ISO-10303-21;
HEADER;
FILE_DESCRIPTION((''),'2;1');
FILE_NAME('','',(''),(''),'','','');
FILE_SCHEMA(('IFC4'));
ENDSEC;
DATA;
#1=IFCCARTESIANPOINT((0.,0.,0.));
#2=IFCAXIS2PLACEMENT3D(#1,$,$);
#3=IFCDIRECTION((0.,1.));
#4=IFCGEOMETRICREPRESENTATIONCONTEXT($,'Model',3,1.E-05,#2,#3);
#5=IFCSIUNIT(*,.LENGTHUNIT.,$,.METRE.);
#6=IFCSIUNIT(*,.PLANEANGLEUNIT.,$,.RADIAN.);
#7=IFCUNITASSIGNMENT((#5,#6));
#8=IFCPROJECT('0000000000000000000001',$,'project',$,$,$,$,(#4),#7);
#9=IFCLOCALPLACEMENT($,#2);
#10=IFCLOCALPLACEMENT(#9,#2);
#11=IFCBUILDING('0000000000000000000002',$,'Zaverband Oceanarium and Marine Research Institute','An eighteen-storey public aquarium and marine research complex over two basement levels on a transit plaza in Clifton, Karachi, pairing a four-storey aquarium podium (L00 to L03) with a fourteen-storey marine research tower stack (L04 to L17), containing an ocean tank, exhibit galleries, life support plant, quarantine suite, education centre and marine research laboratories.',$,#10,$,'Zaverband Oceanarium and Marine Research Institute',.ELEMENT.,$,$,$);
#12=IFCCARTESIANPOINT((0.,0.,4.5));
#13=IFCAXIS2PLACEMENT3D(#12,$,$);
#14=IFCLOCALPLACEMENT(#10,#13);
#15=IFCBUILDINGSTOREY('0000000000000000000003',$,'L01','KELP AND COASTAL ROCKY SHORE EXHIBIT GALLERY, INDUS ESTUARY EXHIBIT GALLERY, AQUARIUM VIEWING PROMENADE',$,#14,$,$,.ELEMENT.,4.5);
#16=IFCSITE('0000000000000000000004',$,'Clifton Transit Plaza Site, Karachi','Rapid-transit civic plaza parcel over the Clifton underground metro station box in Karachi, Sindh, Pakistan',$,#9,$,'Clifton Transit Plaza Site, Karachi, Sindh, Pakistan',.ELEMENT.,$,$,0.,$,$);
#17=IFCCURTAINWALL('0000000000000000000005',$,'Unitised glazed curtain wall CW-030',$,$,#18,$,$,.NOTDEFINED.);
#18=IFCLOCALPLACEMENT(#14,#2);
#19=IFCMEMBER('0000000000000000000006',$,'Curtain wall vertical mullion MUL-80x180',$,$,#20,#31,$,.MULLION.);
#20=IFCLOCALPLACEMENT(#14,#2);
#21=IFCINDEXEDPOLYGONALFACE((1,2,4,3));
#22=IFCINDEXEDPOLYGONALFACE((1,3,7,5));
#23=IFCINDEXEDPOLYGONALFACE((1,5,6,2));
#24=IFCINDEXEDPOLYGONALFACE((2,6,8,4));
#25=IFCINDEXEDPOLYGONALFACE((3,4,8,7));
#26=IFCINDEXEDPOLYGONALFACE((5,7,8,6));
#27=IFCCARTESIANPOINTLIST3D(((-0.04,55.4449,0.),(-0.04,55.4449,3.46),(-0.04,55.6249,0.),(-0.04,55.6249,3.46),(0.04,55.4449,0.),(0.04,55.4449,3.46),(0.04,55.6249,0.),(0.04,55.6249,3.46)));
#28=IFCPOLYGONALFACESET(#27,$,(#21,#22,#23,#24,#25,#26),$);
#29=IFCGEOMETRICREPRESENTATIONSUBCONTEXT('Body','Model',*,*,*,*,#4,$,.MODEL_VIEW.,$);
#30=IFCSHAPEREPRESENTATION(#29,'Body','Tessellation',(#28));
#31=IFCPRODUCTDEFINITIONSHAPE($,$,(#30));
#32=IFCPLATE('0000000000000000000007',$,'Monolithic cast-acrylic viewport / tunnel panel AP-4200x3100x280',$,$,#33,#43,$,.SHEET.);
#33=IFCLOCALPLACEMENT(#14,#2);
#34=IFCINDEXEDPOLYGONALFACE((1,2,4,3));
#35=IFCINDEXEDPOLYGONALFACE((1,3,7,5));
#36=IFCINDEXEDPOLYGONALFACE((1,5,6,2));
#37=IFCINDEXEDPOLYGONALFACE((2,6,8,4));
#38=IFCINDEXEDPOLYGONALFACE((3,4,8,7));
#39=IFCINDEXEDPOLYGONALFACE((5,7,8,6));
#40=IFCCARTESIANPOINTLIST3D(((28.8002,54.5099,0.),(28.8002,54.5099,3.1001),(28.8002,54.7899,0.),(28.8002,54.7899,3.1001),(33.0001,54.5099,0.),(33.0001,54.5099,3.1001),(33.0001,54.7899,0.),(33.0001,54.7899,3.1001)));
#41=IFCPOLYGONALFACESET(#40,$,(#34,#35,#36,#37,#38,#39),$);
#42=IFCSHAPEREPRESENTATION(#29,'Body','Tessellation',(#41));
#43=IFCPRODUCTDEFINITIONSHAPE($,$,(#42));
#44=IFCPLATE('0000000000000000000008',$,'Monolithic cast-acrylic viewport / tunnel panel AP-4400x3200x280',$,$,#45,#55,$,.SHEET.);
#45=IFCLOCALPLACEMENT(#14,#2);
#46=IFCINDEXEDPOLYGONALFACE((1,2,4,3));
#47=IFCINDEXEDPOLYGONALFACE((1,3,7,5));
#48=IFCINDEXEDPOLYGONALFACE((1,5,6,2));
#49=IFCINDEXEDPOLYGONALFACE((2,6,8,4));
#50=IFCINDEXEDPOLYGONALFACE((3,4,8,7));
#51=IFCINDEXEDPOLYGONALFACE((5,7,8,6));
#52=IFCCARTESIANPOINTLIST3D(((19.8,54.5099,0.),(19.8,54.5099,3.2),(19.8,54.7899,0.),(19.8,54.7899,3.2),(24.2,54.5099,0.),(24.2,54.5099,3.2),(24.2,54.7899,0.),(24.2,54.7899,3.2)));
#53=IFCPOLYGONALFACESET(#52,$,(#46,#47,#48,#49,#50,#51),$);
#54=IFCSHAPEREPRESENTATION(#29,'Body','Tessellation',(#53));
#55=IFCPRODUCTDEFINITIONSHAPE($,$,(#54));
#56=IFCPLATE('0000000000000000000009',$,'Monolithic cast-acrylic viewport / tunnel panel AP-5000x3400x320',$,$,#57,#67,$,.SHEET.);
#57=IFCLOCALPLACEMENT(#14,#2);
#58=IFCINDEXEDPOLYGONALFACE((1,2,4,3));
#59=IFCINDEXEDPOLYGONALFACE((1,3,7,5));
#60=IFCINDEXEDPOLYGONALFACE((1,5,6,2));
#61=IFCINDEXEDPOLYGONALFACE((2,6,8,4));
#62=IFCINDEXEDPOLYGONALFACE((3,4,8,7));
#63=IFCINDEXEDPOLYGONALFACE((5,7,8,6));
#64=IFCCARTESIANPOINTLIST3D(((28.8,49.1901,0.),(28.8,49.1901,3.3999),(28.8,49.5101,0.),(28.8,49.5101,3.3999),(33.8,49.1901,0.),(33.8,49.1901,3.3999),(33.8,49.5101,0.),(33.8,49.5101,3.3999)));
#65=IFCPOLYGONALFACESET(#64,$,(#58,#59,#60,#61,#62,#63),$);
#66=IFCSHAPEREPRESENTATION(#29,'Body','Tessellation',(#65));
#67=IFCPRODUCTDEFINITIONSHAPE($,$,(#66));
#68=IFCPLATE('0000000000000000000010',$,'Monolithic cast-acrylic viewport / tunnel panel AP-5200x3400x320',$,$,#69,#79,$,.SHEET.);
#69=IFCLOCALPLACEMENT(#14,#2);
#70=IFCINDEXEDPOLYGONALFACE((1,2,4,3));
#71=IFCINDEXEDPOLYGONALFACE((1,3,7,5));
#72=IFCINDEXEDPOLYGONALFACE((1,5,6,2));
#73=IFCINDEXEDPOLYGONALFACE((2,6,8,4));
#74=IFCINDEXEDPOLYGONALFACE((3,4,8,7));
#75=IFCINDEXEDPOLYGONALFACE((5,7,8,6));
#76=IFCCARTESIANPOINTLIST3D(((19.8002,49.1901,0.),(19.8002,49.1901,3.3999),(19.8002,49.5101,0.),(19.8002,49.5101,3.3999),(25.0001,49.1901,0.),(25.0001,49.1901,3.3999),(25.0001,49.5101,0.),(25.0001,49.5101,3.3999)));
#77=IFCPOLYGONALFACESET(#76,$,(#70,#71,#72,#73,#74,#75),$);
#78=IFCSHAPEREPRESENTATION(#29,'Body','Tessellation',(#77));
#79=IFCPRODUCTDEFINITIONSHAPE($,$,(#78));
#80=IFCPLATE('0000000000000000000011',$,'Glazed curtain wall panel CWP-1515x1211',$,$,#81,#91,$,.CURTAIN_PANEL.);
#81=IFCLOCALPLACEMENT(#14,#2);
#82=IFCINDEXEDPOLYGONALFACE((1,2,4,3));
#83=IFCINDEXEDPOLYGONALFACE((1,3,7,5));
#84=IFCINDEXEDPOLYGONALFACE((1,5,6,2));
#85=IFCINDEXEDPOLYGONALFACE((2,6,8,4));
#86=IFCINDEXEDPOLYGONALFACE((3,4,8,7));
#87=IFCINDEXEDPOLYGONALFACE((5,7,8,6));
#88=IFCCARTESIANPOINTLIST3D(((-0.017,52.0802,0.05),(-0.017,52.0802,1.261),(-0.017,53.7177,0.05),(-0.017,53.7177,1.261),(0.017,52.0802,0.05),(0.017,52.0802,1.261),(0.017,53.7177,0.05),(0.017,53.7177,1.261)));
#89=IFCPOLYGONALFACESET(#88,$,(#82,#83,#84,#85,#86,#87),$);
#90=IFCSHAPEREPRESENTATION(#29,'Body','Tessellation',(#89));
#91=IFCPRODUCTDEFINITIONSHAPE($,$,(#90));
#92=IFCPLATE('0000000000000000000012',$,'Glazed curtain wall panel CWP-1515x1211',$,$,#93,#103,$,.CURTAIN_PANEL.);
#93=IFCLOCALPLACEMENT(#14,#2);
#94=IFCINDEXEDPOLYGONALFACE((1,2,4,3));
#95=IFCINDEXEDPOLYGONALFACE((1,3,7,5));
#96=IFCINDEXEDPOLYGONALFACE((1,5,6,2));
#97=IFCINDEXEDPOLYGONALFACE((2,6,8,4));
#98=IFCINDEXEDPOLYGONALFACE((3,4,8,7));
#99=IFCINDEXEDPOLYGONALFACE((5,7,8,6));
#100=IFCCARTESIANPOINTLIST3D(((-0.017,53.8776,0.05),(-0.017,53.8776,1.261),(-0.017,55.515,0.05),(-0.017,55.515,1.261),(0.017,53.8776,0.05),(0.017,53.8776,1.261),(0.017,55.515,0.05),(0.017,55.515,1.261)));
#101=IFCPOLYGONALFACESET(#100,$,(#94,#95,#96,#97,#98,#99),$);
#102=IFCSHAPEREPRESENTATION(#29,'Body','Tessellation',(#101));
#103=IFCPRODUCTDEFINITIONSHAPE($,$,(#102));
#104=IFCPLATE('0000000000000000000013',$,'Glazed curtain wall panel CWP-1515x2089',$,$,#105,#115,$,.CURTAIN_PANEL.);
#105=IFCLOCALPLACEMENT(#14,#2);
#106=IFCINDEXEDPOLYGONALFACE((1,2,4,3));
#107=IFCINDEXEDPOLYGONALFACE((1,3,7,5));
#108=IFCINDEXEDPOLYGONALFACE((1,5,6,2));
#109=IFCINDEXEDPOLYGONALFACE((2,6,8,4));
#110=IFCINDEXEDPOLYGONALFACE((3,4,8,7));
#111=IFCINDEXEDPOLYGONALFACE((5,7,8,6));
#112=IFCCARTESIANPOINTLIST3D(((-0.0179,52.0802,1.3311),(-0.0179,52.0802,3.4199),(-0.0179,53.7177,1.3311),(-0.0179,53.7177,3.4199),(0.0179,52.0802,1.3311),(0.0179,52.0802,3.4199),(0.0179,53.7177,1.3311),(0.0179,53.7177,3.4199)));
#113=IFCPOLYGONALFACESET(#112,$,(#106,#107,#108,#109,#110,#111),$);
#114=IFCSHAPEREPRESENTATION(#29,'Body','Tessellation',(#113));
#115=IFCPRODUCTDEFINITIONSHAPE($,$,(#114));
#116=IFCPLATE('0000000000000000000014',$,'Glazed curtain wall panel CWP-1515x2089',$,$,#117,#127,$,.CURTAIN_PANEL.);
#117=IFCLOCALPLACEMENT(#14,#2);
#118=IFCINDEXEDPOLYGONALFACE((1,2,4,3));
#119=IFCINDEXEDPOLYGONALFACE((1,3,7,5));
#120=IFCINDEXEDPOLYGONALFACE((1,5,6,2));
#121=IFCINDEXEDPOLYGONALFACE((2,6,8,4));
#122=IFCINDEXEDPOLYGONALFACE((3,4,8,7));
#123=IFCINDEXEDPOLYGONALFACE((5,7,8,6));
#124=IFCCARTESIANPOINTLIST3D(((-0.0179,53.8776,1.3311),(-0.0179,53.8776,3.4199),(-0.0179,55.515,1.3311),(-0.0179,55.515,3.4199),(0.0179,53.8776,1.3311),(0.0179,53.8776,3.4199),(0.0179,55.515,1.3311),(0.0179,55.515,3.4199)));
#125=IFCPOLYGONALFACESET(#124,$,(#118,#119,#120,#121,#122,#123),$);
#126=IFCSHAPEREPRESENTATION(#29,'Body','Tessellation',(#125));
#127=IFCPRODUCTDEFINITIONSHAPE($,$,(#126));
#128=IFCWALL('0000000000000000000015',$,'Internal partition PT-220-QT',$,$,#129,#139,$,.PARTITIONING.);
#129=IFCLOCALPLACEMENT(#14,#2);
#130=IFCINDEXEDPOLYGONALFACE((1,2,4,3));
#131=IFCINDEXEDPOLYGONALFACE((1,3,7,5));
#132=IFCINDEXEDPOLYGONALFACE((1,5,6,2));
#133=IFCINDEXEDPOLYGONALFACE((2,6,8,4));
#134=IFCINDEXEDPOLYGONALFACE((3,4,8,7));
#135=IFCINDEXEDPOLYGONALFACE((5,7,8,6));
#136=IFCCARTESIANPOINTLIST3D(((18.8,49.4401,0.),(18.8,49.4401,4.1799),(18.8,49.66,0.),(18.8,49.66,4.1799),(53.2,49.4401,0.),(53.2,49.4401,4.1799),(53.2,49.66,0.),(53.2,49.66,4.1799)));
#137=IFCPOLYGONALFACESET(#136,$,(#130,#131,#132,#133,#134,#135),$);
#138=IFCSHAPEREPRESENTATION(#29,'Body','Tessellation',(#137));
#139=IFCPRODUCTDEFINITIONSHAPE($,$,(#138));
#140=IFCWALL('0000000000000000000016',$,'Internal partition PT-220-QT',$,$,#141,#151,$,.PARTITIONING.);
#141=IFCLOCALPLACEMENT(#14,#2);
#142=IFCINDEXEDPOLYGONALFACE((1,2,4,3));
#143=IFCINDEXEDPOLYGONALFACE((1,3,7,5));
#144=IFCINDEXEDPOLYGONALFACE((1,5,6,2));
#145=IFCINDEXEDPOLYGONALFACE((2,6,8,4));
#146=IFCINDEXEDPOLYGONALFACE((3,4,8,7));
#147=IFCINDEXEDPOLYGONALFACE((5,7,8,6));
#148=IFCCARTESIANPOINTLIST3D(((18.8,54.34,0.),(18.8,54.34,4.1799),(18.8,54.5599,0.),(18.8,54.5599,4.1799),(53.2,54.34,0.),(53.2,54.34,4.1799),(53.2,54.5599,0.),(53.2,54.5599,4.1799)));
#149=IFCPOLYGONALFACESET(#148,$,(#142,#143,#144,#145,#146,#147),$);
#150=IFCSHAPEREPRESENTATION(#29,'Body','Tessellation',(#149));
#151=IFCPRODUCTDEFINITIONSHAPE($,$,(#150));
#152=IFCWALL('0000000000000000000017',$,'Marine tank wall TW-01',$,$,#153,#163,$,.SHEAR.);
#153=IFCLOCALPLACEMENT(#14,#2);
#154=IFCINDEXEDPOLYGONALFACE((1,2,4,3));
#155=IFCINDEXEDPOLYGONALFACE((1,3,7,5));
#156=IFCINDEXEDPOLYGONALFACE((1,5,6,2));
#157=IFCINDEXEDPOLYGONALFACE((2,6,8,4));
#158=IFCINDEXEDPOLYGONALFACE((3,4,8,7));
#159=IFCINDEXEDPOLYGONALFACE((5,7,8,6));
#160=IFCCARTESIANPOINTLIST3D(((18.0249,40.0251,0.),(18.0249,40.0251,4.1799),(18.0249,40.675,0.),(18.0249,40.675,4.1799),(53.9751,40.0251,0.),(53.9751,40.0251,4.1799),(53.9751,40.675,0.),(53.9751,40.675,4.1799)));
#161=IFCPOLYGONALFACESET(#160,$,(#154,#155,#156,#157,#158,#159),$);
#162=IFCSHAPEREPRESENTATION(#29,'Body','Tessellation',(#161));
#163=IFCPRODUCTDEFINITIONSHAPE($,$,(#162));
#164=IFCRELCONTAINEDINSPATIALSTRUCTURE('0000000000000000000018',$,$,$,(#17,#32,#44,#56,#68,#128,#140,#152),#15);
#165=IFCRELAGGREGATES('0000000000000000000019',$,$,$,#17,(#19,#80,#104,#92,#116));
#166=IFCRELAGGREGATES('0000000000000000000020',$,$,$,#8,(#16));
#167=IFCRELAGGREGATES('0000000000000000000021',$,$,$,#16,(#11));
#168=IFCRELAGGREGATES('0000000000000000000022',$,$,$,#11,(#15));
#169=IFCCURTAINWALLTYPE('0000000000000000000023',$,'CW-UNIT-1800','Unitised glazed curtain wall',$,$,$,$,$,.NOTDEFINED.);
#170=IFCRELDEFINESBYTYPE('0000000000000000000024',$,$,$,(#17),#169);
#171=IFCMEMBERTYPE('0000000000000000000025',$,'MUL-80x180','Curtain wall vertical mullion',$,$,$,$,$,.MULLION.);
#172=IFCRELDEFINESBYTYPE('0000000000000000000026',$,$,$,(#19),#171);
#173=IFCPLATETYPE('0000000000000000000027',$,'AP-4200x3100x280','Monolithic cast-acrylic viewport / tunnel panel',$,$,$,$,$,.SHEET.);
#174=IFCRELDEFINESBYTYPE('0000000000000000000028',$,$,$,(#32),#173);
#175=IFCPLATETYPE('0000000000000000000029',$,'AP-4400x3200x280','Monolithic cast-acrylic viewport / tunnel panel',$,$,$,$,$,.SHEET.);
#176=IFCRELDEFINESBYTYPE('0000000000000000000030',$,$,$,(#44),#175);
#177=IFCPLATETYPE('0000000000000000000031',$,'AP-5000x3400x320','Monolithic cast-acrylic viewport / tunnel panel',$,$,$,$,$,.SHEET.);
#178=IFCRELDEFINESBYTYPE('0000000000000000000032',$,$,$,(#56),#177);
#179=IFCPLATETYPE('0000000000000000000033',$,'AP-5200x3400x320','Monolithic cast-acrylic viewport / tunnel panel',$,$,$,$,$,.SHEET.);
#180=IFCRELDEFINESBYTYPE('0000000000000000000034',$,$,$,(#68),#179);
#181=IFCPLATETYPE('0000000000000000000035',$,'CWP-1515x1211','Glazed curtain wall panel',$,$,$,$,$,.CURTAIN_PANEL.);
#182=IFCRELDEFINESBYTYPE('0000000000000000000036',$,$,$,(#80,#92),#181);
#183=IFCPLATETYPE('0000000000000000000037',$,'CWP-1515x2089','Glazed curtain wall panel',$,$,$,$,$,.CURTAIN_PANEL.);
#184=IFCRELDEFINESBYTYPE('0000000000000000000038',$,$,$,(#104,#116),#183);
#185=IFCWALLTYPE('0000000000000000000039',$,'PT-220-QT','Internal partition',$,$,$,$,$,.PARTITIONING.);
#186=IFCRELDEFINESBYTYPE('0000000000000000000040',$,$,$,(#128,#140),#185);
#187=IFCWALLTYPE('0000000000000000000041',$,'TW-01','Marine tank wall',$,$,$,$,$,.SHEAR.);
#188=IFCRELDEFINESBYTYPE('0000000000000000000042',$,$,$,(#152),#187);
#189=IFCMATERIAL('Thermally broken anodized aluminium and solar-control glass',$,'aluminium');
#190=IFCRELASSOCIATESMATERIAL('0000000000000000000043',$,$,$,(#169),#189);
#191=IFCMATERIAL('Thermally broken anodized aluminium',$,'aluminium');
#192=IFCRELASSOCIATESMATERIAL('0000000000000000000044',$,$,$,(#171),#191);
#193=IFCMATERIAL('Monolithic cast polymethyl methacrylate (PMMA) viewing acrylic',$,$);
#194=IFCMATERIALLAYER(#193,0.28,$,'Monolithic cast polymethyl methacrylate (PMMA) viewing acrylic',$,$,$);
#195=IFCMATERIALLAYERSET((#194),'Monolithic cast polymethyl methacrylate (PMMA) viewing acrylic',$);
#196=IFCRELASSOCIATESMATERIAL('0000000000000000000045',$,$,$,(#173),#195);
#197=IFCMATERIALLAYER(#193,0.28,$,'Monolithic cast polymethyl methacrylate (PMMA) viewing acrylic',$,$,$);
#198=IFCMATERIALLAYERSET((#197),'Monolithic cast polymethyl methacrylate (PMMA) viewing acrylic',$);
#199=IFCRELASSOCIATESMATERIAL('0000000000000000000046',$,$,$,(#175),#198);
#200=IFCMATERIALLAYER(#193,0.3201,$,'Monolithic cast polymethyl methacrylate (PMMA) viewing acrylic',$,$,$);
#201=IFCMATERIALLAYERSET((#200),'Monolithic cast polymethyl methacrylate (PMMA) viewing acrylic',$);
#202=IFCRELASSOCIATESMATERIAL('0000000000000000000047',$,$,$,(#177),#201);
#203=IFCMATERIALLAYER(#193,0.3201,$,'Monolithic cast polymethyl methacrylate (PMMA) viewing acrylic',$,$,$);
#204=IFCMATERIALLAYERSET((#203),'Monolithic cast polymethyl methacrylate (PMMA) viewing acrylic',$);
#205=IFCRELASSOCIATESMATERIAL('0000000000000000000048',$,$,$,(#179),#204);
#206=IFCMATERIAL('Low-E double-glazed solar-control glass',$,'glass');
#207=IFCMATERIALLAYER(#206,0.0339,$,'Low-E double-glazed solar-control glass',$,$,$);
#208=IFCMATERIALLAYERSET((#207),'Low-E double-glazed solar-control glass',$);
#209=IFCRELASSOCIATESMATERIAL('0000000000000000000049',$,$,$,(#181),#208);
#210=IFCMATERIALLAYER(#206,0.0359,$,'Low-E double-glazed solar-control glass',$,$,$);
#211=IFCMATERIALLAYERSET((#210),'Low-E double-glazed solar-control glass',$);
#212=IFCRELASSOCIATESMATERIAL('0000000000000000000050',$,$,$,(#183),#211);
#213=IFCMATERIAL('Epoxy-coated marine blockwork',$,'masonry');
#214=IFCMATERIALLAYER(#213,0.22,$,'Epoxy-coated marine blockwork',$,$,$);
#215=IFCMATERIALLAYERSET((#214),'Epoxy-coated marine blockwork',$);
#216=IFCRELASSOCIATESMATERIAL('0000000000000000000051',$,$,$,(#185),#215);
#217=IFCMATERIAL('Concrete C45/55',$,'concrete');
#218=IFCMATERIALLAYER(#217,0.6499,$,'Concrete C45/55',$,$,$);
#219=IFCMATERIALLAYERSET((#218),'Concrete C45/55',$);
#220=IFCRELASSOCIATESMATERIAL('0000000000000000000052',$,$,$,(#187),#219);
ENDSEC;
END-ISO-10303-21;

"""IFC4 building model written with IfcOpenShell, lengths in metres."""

from ifc_helpers import new_model, si_unit, direction, frame, frame_2d, origin, origin_2d, place, context, subcontext, project, spatial, rectangle, extrude, material, layer, layer_set, material_profile, profile_set, type_object, element, aggregate, save


model = new_model("IFC4")

# Units and contexts
model_context = context("Model", 3, precision=1e-05, world=origin(), true_north=direction((0.0, 1.0)))
body_context = subcontext(model_context, "Body", "Model", "MODEL_VIEW")
ifc_project = project(units=[si_unit("LENGTHUNIT", "METRE"), si_unit("PLANEANGLEUNIT", "RADIAN")], contexts=[model_context])

# Site, building, storey
site_placement = place(None, origin())
site = spatial("IfcSite", under=ifc_project, at=site_placement, Name="Clifton Transit Plaza Site, Karachi", Description="Rapid-transit civic plaza parcel over the Clifton underground metro station box in Karachi, Sindh, Pakistan", LongName="Clifton Transit Plaza Site, Karachi, Sindh, Pakistan", CompositionType="ELEMENT", RefElevation=0.0)
building_placement = place(site_placement, origin())
building = spatial("IfcBuilding", under=site, at=building_placement, Name="Zaverband Oceanarium and Marine Research Institute", Description="An eighteen-storey public aquarium and marine research complex over two basement levels on a transit plaza in Clifton, Karachi, pairing a four-storey aquarium podium (L00 to L03) with a fourteen-storey marine research tower stack (L04 to L17), containing an ocean tank, exhibit galleries, life support plant, quarantine suite, education centre and marine research laboratories.", LongName="Zaverband Oceanarium and Marine Research Institute", CompositionType="ELEMENT")
storey_placement = place(building_placement, frame((0.0, 0.0, 4.5)))
storey = spatial("IfcBuildingStorey", under=building, at=storey_placement, Name="L01", Description="KELP AND COASTAL ROCKY SHORE EXHIBIT GALLERY, INDUS ESTUARY EXHIBIT GALLERY, AQUARIUM VIEWING PROMENADE", CompositionType="ELEMENT", Elevation=4.5)

# Curtain wall, member
ifc_material_1 = material(Name="Thermally broken anodized aluminium and solar-control glass", Category="aluminium")
curtain_wall_type = type_object("IfcCurtainWallType", Name="CW-UNIT-1800", Description="Unitised glazed curtain wall", PredefinedType="NOTDEFINED", material=ifc_material_1)
curtain_wall_placement = place(storey_placement, origin())
curtain_wall = element("IfcCurtainWall", 1, at=curtain_wall_placement, inside=storey, type_object=curtain_wall_type, Name="Unitised glazed curtain wall CW-030", PredefinedType="NOTDEFINED")
ifc_material_2 = material(Name="Thermally broken anodized aluminium", Category="aluminium")
ifc_material_profile_1 = material_profile(ifc_material_2, rectangle(XDim=0.0801, YDim=0.1799, at=origin_2d()), Name="AL-MUL-80x180")
ifc_profile_set_1 = profile_set([ifc_material_profile_1], Name="Thermally broken anodized aluminium")
member_type = type_object("IfcMemberType", Name="MUL-80x180", Description="Curtain wall vertical mullion", PredefinedType="MULLION", material=ifc_profile_set_1)
member_1_placement = place(storey_placement, frame((0.0, 55.5349, 0.0), z_axis=(0.0, 0.0, 1.0), x_axis=(1.0, 0.0, 0.0)))
member_1 = element("IfcMember", 2, at=member_1_placement, type_object=member_type, Name="Curtain wall vertical mullion MUL-80x180", PredefinedType="MULLION", context=body_context, shape_type="SweptSolid", body=[
    extrude(rectangle(XDim=0.0801, YDim=0.1799, at=origin_2d()), origin(), (0.0, 0.0, 1.0), 3.46),
])

# Plates
ifc_material_3 = material(Name="Monolithic cast polymethyl methacrylate (PMMA) viewing acrylic")
ifc_layer_1 = layer(ifc_material_3, 0.28, Name="Monolithic cast polymethyl methacrylate (PMMA) viewing acrylic")
ifc_layer_set_1 = layer_set([ifc_layer_1], Name="Monolithic cast polymethyl methacrylate (PMMA) viewing acrylic")
plate_type_1 = type_object("IfcPlateType", Name="AP-4200x3100x280", Description="Monolithic cast-acrylic viewport / tunnel panel", PredefinedType="SHEET", material=ifc_layer_set_1)
plate_1_placement = place(storey_placement, frame((28.8, 54.6499, 0.0), z_axis=(0.0, 0.0, 1.0), x_axis=(1.0, 0.0, 0.0)))
element("IfcPlate", 3, at=plate_1_placement, inside=storey, type_object=plate_type_1, Name="Monolithic cast-acrylic viewport / tunnel panel AP-4200x3100x280", PredefinedType="SHEET", context=body_context, shape_type="SweptSolid", body=[
    extrude(rectangle(XDim=4.2, YDim=0.28, at=frame_2d((2.1001, 0.0))), origin(), (0.0, 0.0, 1.0), 3.1001),
])
ifc_layer_2 = layer(ifc_material_3, 0.28, Name="Monolithic cast polymethyl methacrylate (PMMA) viewing acrylic")
ifc_layer_set_2 = layer_set([ifc_layer_2], Name="Monolithic cast polymethyl methacrylate (PMMA) viewing acrylic")
plate_type_2 = type_object("IfcPlateType", Name="AP-4400x3200x280", Description="Monolithic cast-acrylic viewport / tunnel panel", PredefinedType="SHEET", material=ifc_layer_set_2)
plate_2_placement = place(storey_placement, frame((19.8, 54.6499, 0.0), z_axis=(0.0, 0.0, 1.0), x_axis=(1.0, 0.0, 0.0)))
element("IfcPlate", 4, at=plate_2_placement, inside=storey, type_object=plate_type_2, Name="Monolithic cast-acrylic viewport / tunnel panel AP-4400x3200x280", PredefinedType="SHEET", context=body_context, shape_type="SweptSolid", body=[
    extrude(rectangle(XDim=4.3999, YDim=0.28, at=frame_2d((2.2, 0.0))), origin(), (0.0, 0.0, 1.0), 3.2),
])
ifc_layer_3 = layer(ifc_material_3, 0.3201, Name="Monolithic cast polymethyl methacrylate (PMMA) viewing acrylic")
ifc_layer_set_3 = layer_set([ifc_layer_3], Name="Monolithic cast polymethyl methacrylate (PMMA) viewing acrylic")
plate_type_3 = type_object("IfcPlateType", Name="AP-5000x3400x320", Description="Monolithic cast-acrylic viewport / tunnel panel", PredefinedType="SHEET", material=ifc_layer_set_3)
plate_3_placement = place(storey_placement, frame((28.8, 49.3501, 0.0), z_axis=(0.0, 0.0, 1.0), x_axis=(1.0, 0.0, 0.0)))
element("IfcPlate", 5, at=plate_3_placement, inside=storey, type_object=plate_type_3, Name="Monolithic cast-acrylic viewport / tunnel panel AP-5000x3400x320", PredefinedType="SHEET", context=body_context, shape_type="SweptSolid", body=[
    extrude(rectangle(XDim=5.0, YDim=0.3201, at=frame_2d((2.5, 0.0))), origin(), (0.0, 0.0, 1.0), 3.3999),
])
ifc_layer_4 = layer(ifc_material_3, 0.3201, Name="Monolithic cast polymethyl methacrylate (PMMA) viewing acrylic")
ifc_layer_set_4 = layer_set([ifc_layer_4], Name="Monolithic cast polymethyl methacrylate (PMMA) viewing acrylic")
plate_type_4 = type_object("IfcPlateType", Name="AP-5200x3400x320", Description="Monolithic cast-acrylic viewport / tunnel panel", PredefinedType="SHEET", material=ifc_layer_set_4)
plate_4_placement = place(storey_placement, frame((19.8, 49.3501, 0.0), z_axis=(0.0, 0.0, 1.0), x_axis=(1.0, 0.0, 0.0)))
element("IfcPlate", 6, at=plate_4_placement, inside=storey, type_object=plate_type_4, Name="Monolithic cast-acrylic viewport / tunnel panel AP-5200x3400x320", PredefinedType="SHEET", context=body_context, shape_type="SweptSolid", body=[
    extrude(rectangle(XDim=5.2, YDim=0.3201, at=frame_2d((2.6001, 0.0))), origin(), (0.0, 0.0, 1.0), 3.3999),
])

# Plates
ifc_material_4 = material(Name="Low-E double-glazed solar-control glass", Category="glass")
ifc_layer_5 = layer(ifc_material_4, 0.0339, Name="Low-E double-glazed solar-control glass")
ifc_layer_set_5 = layer_set([ifc_layer_5], Name="Low-E double-glazed solar-control glass")
plate_type_5 = type_object("IfcPlateType", Name="CWP-1515x1211", Description="Glazed curtain wall panel", PredefinedType="CURTAIN_PANEL", material=ifc_layer_set_5)
plate_5_placement = place(storey_placement, frame((0.0, 52.0801, 0.05), z_axis=(0.0, 0.0, 1.0), x_axis=(0.0, 1.0, 0.0)))
plate_5 = element("IfcPlate", 7, at=plate_5_placement, type_object=plate_type_5, Name="Glazed curtain wall panel CWP-1515x1211", PredefinedType="CURTAIN_PANEL", context=body_context, shape_type="SweptSolid", body=[
    extrude(rectangle(XDim=1.6375, YDim=0.0339, at=frame_2d((0.8188, 0.0))), origin(), (0.0, 0.0, 1.0), 1.2109),
])
plate_6_placement = place(storey_placement, frame((0.0, 53.8774, 0.05), z_axis=(0.0, 0.0, 1.0), x_axis=(0.0, 1.0, 0.0)))
plate_6 = element("IfcPlate", 8, at=plate_6_placement, type_object=plate_type_5, Name="Glazed curtain wall panel CWP-1515x1211", PredefinedType="CURTAIN_PANEL", context=body_context, shape_type="SweptSolid", body=[
    extrude(rectangle(XDim=1.6375, YDim=0.0339, at=frame_2d((0.8188, 0.0))), origin(), (0.0, 0.0, 1.0), 1.2109),
])
ifc_layer_6 = layer(ifc_material_4, 0.0359, Name="Low-E double-glazed solar-control glass")
ifc_layer_set_6 = layer_set([ifc_layer_6], Name="Low-E double-glazed solar-control glass")
plate_type_6 = type_object("IfcPlateType", Name="CWP-1515x2089", Description="Glazed curtain wall panel", PredefinedType="CURTAIN_PANEL", material=ifc_layer_set_6)
plate_7_placement = place(storey_placement, frame((0.0, 52.0801, 1.3311), z_axis=(0.0, 0.0, 1.0), x_axis=(0.0, 1.0, 0.0)))
plate_7 = element("IfcPlate", 9, at=plate_7_placement, type_object=plate_type_6, Name="Glazed curtain wall panel CWP-1515x2089", PredefinedType="CURTAIN_PANEL", context=body_context, shape_type="SweptSolid", body=[
    extrude(rectangle(XDim=1.6375, YDim=0.0359, at=frame_2d((0.8188, 0.0))), origin(), (0.0, 0.0, 1.0), 2.0889),
])
plate_8_placement = place(storey_placement, frame((0.0, 53.8774, 1.3311), z_axis=(0.0, 0.0, 1.0), x_axis=(0.0, 1.0, 0.0)))
plate_8 = element("IfcPlate", 10, at=plate_8_placement, type_object=plate_type_6, Name="Glazed curtain wall panel CWP-1515x2089", PredefinedType="CURTAIN_PANEL", context=body_context, shape_type="SweptSolid", body=[
    extrude(rectangle(XDim=1.6375, YDim=0.0359, at=frame_2d((0.8188, 0.0))), origin(), (0.0, 0.0, 1.0), 2.0889),
])
aggregate(curtain_wall, [member_1, plate_5, plate_7, plate_6, plate_8])

# Walls
ifc_material_5 = material(Name="Epoxy-coated marine blockwork", Category="masonry")
ifc_layer_7 = layer(ifc_material_5, 0.22, Name="Epoxy-coated marine blockwork")
ifc_layer_set_7 = layer_set([ifc_layer_7], Name="Epoxy-coated marine blockwork")
wall_type_1 = type_object("IfcWallType", Name="PT-220-QT", Description="Internal partition", PredefinedType="PARTITIONING", material=ifc_layer_set_7)
for number, where, z_axis, x_axis, name in (
    (11, (18.8, 49.55, 0.0), (0.0, 0.0, 1.0), (1.0, 0.0, 0.0), "Internal partition PT-220-QT"),
    (12, (18.8, 54.45, 0.0), (0.0, 0.0, 1.0), (1.0, 0.0, 0.0), "Internal partition PT-220-QT"),
):
    element("IfcWall", number, at=place(storey_placement, frame(where, z_axis=z_axis, x_axis=x_axis)), inside=storey, type_object=wall_type_1, Name=name, PredefinedType="PARTITIONING", context=body_context, shape_type="SweptSolid", body=[
        extrude(rectangle(XDim=34.3999, YDim=0.22, at=frame_2d((17.2, 0.0))), origin(), (0.0, 0.0, 1.0), 4.1799),
    ])
ifc_material_6 = material(Name="Concrete C45/55", Category="concrete")
ifc_layer_8 = layer(ifc_material_6, 0.6499, Name="Concrete C45/55")
ifc_layer_set_8 = layer_set([ifc_layer_8], Name="Concrete C45/55")
wall_type_2 = type_object("IfcWallType", Name="TW-01", Description="Marine tank wall", PredefinedType="SHEAR", material=ifc_layer_set_8)
wall_1_placement = place(storey_placement, frame((18.0249, 40.3501, 0.0), z_axis=(0.0, 0.0, 1.0), x_axis=(1.0, 0.0, 0.0)))
element("IfcWall", 13, at=wall_1_placement, inside=storey, type_object=wall_type_2, Name="Marine tank wall TW-01", PredefinedType="SHEAR", context=body_context, shape_type="SweptSolid", body=[
    extrude(rectangle(XDim=35.9502, YDim=0.6499, at=frame_2d((17.9751, 0.0))), origin(), (0.0, 0.0, 1.0), 4.1799),
])

save(model, "model.ifc")
